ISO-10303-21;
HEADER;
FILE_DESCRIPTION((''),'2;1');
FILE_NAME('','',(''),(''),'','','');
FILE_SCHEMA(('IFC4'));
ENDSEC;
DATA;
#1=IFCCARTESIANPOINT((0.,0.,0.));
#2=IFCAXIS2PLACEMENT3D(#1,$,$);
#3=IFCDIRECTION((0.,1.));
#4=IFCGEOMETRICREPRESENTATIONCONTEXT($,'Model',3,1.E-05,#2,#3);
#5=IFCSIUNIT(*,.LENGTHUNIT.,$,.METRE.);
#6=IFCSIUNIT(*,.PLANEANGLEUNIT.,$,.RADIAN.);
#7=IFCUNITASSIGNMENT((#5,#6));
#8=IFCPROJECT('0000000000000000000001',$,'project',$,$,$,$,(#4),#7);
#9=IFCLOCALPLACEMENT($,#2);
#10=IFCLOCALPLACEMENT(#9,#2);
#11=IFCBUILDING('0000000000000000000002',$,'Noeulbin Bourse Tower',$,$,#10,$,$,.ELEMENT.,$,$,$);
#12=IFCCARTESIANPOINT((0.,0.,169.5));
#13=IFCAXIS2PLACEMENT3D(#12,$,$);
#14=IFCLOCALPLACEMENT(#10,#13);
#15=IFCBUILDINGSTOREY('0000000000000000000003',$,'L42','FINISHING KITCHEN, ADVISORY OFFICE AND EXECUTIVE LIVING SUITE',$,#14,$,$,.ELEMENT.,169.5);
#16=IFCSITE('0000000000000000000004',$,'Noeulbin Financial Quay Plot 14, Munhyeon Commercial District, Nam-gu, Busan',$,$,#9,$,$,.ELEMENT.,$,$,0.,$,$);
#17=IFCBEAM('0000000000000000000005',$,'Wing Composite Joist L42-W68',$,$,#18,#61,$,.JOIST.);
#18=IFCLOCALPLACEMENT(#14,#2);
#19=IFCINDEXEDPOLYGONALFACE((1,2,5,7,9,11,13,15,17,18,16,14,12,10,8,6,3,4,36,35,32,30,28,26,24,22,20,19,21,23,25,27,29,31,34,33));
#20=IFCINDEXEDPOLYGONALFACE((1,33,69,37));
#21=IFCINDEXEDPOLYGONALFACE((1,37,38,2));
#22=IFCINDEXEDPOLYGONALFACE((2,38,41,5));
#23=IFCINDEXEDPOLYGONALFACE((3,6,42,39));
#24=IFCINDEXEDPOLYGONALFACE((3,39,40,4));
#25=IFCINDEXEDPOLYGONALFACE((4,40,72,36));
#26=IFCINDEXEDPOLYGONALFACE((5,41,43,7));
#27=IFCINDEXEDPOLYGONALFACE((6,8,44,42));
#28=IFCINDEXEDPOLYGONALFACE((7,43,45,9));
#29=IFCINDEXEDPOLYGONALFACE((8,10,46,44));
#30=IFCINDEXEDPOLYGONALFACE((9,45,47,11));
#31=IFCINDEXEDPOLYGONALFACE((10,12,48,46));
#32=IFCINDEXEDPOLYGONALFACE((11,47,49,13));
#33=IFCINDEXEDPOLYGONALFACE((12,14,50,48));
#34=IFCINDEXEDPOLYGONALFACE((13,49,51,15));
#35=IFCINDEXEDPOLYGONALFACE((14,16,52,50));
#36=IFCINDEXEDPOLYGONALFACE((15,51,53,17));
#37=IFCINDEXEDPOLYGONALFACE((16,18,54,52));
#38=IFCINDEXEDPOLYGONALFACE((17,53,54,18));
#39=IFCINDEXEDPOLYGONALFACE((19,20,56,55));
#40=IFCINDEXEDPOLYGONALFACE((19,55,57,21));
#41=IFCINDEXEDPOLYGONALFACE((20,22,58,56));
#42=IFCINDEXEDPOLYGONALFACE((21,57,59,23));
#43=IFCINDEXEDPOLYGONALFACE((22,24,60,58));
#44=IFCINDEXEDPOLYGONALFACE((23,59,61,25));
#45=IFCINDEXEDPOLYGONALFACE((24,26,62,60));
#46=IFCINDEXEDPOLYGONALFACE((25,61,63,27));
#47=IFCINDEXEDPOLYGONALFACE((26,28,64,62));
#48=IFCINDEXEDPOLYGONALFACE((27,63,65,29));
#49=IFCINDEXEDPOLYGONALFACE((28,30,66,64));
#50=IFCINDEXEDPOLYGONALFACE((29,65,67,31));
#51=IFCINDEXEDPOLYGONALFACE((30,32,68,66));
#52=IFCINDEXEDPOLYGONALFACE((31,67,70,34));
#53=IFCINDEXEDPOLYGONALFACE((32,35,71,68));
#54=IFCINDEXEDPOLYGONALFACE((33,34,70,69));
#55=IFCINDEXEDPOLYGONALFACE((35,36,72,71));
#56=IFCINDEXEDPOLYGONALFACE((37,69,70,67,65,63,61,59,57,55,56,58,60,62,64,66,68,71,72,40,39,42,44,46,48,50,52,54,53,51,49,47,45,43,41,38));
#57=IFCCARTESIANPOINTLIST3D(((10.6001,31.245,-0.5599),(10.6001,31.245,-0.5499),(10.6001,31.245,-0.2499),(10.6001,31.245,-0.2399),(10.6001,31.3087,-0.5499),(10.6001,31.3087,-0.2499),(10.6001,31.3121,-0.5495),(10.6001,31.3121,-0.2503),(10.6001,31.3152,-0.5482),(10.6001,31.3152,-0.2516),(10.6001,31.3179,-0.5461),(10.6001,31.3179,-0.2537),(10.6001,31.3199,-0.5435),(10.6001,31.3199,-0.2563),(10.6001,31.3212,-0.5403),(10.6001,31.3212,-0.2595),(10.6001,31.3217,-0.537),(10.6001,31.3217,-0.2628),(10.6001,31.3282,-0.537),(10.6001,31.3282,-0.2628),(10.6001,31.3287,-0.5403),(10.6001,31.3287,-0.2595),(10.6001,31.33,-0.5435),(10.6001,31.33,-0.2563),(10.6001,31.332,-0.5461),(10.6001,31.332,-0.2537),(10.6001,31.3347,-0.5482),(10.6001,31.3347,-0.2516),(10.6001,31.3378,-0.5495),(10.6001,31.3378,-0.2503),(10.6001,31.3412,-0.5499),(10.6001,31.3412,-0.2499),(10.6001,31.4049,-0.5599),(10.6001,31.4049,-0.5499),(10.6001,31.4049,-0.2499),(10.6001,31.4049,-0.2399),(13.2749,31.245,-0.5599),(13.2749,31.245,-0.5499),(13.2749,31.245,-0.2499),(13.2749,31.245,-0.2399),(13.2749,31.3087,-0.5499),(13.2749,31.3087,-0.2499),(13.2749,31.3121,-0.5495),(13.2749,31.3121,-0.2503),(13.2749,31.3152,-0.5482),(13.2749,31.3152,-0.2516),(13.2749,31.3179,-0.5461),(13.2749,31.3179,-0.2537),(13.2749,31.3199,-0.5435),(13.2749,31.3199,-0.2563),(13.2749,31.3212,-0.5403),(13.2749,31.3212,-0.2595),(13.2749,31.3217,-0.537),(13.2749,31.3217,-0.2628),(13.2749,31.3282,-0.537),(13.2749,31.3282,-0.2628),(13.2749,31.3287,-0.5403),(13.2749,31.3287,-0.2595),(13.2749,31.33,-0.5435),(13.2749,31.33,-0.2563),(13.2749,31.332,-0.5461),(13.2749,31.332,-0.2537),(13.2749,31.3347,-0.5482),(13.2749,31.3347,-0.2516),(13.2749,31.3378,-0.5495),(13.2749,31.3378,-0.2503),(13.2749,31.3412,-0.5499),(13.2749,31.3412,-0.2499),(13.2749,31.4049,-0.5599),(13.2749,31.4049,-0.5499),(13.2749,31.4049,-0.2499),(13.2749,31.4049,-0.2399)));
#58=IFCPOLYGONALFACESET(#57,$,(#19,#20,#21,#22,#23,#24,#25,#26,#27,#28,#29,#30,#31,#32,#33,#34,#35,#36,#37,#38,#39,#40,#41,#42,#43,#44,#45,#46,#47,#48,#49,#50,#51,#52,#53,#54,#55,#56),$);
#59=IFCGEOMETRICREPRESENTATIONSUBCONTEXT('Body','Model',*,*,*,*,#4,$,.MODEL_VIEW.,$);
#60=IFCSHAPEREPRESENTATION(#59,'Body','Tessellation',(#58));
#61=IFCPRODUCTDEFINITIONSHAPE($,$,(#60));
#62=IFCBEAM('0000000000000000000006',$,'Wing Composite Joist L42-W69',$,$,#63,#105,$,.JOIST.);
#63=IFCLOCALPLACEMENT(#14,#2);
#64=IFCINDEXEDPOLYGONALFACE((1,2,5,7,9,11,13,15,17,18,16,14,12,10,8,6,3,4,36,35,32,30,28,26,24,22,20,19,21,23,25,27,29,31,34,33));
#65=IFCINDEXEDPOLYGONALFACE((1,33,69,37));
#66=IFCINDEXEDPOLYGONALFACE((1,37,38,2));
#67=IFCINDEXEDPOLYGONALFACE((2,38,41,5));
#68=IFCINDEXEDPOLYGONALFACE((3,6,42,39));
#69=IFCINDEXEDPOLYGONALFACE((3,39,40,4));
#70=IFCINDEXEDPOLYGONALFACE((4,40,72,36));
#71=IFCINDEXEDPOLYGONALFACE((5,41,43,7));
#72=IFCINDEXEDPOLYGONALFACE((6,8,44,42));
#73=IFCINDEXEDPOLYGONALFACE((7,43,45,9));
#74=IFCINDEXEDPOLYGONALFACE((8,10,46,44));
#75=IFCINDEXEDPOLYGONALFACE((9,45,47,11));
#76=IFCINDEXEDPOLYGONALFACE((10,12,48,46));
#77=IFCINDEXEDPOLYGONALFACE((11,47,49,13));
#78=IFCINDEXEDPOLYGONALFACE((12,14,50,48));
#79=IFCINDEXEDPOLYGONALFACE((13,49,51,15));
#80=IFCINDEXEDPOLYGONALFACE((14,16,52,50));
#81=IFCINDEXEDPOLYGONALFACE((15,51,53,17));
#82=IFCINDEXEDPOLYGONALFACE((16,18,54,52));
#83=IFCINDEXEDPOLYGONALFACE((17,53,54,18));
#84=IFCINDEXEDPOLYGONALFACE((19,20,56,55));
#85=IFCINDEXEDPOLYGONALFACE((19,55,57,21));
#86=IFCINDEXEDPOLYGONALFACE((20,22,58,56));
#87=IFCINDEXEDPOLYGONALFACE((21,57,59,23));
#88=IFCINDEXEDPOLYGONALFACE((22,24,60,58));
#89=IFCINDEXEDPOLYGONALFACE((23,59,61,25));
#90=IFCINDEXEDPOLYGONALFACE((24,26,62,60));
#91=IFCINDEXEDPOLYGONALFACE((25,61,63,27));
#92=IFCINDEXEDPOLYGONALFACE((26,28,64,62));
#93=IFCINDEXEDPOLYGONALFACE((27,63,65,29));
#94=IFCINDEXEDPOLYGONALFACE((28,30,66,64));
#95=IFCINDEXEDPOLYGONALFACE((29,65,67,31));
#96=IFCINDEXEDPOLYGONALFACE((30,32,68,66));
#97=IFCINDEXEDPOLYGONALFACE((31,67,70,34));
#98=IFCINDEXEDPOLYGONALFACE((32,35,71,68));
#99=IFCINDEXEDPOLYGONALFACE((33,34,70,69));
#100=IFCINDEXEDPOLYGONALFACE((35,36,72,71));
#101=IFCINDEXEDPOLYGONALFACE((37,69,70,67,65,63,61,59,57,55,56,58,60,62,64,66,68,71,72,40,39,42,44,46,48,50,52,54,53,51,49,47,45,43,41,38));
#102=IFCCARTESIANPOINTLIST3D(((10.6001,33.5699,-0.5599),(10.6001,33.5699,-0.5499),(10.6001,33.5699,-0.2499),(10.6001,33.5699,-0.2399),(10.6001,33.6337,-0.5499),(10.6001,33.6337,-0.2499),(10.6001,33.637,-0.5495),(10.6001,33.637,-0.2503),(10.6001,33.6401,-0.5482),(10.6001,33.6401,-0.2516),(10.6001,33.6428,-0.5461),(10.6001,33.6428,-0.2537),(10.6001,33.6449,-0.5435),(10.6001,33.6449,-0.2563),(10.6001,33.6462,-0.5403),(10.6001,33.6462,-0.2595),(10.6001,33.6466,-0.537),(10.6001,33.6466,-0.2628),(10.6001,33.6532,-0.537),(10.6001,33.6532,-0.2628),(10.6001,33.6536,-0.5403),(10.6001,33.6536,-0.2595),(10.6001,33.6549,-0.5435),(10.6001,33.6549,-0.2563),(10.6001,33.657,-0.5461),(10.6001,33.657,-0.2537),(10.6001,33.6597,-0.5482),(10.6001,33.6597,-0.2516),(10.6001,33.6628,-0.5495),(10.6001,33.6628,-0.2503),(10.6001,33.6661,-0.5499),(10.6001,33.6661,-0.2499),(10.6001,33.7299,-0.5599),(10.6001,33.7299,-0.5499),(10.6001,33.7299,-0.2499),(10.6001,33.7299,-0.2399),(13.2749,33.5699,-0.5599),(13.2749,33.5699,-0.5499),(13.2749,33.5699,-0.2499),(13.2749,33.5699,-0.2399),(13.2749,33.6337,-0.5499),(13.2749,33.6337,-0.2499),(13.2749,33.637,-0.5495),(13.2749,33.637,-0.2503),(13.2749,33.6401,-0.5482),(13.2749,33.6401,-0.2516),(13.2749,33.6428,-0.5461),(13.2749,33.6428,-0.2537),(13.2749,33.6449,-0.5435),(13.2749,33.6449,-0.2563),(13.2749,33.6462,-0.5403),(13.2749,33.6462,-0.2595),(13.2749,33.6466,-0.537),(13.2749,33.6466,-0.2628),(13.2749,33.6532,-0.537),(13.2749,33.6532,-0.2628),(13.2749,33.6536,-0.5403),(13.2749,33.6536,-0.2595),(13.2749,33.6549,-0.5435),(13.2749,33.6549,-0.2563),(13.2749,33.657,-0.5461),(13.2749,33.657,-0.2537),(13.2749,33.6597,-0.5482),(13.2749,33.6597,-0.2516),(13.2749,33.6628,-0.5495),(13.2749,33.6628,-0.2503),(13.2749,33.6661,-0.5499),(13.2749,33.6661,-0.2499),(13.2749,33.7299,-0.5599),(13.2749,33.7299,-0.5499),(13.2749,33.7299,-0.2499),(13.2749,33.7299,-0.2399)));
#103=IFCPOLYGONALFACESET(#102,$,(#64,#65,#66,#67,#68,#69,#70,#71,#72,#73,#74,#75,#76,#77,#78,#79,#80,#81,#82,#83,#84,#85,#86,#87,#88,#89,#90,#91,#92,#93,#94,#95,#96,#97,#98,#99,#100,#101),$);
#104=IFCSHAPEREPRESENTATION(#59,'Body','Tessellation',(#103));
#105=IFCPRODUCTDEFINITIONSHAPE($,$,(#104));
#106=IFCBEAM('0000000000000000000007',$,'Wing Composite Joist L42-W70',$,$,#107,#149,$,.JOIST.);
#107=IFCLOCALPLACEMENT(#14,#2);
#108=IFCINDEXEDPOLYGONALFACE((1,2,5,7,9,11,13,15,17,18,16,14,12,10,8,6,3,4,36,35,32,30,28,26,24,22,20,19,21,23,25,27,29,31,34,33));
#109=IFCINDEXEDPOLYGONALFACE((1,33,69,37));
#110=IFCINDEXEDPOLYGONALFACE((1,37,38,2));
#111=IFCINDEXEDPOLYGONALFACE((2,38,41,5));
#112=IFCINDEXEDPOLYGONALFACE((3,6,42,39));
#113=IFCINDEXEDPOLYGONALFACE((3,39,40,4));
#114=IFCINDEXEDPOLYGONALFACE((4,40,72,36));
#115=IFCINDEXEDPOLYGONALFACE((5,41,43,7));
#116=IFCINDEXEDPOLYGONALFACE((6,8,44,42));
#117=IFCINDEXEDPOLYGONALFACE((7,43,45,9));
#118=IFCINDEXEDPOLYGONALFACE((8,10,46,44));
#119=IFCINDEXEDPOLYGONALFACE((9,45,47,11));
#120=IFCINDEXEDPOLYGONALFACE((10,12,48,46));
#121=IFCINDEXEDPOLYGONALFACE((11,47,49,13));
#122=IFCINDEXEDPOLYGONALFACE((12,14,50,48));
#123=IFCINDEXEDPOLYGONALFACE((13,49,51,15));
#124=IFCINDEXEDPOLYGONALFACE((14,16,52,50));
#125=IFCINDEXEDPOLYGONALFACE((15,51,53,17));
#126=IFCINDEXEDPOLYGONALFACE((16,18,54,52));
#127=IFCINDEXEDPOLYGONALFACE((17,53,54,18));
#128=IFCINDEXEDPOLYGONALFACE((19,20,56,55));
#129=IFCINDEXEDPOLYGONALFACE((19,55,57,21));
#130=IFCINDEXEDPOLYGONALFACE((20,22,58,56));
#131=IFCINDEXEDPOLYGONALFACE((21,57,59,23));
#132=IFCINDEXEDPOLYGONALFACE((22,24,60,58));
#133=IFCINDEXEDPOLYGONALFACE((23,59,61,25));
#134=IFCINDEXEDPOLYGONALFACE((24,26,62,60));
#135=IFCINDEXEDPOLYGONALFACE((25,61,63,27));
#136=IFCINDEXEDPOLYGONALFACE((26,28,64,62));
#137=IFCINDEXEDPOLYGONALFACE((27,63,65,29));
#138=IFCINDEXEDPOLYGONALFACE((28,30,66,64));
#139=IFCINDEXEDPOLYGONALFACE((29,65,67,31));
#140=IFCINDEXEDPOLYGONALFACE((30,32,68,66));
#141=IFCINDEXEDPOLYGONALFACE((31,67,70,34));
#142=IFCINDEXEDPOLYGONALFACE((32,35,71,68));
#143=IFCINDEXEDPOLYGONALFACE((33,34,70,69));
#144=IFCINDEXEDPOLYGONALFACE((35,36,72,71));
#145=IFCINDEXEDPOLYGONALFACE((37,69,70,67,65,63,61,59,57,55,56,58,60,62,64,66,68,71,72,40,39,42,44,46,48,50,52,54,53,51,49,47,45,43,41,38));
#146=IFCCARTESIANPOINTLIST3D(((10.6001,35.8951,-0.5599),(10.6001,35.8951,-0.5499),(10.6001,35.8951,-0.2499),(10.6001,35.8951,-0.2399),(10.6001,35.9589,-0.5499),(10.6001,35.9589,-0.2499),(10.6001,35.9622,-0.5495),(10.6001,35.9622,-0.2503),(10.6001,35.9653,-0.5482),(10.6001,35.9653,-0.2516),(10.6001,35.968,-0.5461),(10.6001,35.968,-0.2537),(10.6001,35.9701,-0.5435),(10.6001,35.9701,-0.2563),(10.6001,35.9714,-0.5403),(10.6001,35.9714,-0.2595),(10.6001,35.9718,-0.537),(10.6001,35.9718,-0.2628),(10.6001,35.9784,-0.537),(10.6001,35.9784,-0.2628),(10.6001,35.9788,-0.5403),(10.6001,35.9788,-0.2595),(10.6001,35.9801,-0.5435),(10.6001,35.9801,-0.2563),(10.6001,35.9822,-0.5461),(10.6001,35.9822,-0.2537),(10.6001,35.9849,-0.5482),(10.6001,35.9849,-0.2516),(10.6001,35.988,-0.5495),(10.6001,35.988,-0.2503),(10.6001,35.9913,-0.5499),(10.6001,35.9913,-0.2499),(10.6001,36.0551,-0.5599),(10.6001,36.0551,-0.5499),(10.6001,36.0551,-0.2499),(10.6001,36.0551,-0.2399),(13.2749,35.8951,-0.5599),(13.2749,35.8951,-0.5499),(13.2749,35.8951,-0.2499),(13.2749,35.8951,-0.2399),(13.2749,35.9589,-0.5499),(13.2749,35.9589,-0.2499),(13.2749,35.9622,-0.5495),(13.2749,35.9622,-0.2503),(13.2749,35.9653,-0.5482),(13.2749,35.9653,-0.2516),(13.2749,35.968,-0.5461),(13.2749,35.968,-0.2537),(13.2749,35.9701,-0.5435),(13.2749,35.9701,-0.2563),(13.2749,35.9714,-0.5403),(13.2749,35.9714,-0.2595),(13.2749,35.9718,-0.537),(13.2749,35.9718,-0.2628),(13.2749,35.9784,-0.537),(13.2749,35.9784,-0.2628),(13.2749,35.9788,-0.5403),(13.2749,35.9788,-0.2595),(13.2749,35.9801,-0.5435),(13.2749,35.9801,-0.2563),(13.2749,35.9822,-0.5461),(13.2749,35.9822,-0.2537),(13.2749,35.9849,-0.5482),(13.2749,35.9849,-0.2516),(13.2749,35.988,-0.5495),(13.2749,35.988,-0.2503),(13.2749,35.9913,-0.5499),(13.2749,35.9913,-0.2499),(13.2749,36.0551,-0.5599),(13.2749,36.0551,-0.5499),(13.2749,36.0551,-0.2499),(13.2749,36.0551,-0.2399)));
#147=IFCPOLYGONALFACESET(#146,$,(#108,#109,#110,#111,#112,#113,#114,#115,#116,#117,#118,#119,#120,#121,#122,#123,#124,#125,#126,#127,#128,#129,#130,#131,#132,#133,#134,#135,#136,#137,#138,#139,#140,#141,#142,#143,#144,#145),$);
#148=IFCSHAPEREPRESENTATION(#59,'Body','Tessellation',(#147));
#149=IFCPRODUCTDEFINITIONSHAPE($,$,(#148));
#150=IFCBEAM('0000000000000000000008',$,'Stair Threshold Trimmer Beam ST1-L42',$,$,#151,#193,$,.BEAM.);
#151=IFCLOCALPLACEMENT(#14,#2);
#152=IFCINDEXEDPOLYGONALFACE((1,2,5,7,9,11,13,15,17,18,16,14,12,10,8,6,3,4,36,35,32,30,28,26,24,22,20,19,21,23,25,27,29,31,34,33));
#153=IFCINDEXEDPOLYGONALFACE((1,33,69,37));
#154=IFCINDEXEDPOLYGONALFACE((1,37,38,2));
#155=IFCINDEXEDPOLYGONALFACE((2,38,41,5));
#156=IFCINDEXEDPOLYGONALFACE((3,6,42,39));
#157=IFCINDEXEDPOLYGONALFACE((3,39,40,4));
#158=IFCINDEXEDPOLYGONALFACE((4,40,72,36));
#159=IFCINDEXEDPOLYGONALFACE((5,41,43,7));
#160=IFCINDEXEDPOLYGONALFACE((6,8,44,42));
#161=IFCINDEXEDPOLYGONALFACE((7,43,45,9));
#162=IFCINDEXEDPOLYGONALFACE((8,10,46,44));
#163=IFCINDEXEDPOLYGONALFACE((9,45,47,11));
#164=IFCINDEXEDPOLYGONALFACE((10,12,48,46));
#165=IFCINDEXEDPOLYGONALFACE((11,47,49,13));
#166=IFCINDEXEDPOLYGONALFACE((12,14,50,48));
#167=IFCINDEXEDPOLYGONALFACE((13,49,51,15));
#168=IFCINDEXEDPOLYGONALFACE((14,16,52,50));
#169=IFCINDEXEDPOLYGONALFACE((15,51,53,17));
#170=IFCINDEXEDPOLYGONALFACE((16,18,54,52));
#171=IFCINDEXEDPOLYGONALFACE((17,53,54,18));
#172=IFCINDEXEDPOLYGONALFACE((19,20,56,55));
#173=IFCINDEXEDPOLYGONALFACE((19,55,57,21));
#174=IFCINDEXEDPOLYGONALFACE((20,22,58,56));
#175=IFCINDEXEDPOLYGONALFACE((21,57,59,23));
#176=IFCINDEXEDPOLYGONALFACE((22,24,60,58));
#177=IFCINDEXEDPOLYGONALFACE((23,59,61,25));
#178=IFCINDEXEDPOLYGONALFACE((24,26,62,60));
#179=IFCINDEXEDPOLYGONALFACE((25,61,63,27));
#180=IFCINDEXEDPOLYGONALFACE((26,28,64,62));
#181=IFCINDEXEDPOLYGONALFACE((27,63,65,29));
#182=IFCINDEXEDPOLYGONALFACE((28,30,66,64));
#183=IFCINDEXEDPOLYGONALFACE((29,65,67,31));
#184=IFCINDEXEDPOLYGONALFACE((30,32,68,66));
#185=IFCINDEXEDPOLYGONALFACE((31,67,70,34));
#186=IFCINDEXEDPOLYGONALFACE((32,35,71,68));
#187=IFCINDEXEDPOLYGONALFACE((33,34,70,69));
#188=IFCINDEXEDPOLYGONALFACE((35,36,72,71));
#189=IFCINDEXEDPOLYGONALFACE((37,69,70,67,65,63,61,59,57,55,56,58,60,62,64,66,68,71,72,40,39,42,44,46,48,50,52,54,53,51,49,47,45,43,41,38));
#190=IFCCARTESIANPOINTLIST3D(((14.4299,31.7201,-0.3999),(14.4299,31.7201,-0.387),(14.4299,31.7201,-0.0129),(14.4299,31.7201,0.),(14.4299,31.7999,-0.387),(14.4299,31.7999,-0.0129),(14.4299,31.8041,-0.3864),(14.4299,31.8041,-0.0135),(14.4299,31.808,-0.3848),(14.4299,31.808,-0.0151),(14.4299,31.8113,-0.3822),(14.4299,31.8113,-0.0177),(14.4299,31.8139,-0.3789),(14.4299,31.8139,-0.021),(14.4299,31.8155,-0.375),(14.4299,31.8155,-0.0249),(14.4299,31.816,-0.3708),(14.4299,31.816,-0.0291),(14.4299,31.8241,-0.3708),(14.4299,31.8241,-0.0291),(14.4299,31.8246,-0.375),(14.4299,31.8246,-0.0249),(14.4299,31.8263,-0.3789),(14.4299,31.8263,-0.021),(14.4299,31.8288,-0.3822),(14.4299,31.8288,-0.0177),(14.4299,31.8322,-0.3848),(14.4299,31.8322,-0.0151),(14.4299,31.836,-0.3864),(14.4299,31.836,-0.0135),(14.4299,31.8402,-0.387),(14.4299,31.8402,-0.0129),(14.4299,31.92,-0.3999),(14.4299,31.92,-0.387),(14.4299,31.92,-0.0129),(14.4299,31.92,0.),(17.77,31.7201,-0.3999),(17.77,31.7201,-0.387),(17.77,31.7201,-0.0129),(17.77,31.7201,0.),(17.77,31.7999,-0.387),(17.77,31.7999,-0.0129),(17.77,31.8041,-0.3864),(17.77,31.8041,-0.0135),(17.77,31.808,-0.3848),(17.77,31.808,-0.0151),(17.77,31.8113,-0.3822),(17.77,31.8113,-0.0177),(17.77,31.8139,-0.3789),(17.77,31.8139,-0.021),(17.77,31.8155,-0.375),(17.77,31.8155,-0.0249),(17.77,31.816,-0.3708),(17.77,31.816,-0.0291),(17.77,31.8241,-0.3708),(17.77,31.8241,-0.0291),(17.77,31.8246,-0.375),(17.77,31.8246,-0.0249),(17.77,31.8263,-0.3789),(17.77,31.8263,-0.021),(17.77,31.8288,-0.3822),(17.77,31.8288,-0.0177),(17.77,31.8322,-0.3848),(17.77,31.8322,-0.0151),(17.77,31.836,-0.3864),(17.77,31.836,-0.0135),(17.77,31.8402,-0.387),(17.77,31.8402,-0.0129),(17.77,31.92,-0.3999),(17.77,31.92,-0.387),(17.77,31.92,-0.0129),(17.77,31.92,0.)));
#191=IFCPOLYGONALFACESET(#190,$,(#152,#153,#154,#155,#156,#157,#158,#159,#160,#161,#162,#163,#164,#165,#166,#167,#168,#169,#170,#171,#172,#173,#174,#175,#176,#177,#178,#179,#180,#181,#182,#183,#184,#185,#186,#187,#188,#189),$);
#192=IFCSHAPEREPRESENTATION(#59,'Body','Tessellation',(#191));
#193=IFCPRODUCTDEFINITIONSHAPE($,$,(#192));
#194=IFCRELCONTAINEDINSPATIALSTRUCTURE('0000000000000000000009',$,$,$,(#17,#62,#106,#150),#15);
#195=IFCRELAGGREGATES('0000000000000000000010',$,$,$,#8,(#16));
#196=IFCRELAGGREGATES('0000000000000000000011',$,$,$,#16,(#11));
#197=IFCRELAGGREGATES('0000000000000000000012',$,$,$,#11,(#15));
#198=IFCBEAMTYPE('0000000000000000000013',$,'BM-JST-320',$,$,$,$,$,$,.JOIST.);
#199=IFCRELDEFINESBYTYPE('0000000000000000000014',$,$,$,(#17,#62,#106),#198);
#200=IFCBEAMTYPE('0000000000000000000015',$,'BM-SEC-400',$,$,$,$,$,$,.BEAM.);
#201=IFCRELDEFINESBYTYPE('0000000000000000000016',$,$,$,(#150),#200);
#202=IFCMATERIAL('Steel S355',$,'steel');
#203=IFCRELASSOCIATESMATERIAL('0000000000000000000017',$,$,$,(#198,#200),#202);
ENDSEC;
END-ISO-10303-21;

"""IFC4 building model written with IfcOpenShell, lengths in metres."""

from ifc_helpers import new_model, si_unit, direction, frame, origin, origin_2d, place, context, subcontext, project, spatial, i_section, extrude, material, material_profile, profile_set, type_object, element, save


model = new_model("IFC4")

# Units and contexts
model_context = context("Model", 3, precision=1e-05, world=origin(), true_north=direction((0.0, 1.0)))
body_context = subcontext(model_context, "Body", "Model", "MODEL_VIEW")
ifc_project = project(units=[si_unit("LENGTHUNIT", "METRE"), si_unit("PLANEANGLEUNIT", "RADIAN")], contexts=[model_context])

# Site, building, storey
site_placement = place(None, origin())
site = spatial("IfcSite", under=ifc_project, at=site_placement, Name="Noeulbin Financial Quay Plot 14, Munhyeon Commercial District, Nam-gu, Busan", CompositionType="ELEMENT", RefElevation=0.0)
building_placement = place(site_placement, origin())
building = spatial("IfcBuilding", under=site, at=building_placement, Name="Noeulbin Bourse Tower", CompositionType="ELEMENT")
storey_placement = place(building_placement, frame((0.0, 0.0, 169.5)))
storey = spatial("IfcBuildingStorey", under=building, at=storey_placement, Name="L42", Description="FINISHING KITCHEN, ADVISORY OFFICE AND EXECUTIVE LIVING SUITE", CompositionType="ELEMENT", Elevation=169.5)

# Beams
ifc_material_1 = material(Name="Steel S355", Category="steel")
ifc_material_profile_1 = material_profile(ifc_material_1, i_section(OverallWidth=0.1599, OverallDepth=0.3201, WebThickness=0.0066, FlangeThickness=0.01, FilletRadius=0.0129, at=origin_2d()), Name="H-320x160x6.5x10", Category="LoadBearing")
ifc_profile_set_1 = profile_set([ifc_material_profile_1], Name="Steel S355")
beam_type_1 = type_object("IfcBeamType", Name="BM-JST-320", PredefinedType="JOIST", material=ifc_profile_set_1)
for number, where, z_axis, x_axis, name in (
    (1, (10.6001, 31.325, -0.3999), (1.0, 0.0, 0.0), (0.0, 1.0, 0.0), "Wing Composite Joist L42-W68"),
    (2, (10.6001, 33.6499, -0.3999), (1.0, 0.0, 0.0), (0.0, 1.0, 0.0), "Wing Composite Joist L42-W69"),
    (3, (10.6001, 35.9751, -0.3999), (1.0, 0.0, 0.0), (0.0, 1.0, 0.0), "Wing Composite Joist L42-W70"),
):
    element("IfcBeam", number, at=place(storey_placement, frame(where, z_axis=z_axis, x_axis=x_axis)), inside=storey, type_object=beam_type_1, Name=name, PredefinedType="JOIST", context=body_context, shape_type="SweptSolid", body=[
        extrude(i_section(OverallWidth=0.1599, OverallDepth=0.3201, WebThickness=0.0066, FlangeThickness=0.01, FilletRadius=0.0129, at=origin_2d()), origin(), (0.0, 0.0, 1.0), 2.6748),
    ])
ifc_material_profile_2 = material_profile(ifc_material_1, i_section(OverallWidth=0.2, OverallDepth=0.3999, WebThickness=0.0081, FlangeThickness=0.0129, FilletRadius=0.0161, at=origin_2d()), Name="H-400x200x8x13", Category="LoadBearing")
ifc_profile_set_2 = profile_set([ifc_material_profile_2], Name="Steel S355")
beam_type_2 = type_object("IfcBeamType", Name="BM-SEC-400", PredefinedType="BEAM", material=ifc_profile_set_2)
beam_placement = place(storey_placement, frame((14.4299, 31.8201, -0.2), z_axis=(1.0, 0.0, 0.0), x_axis=(0.0, 1.0, 0.0)))
element("IfcBeam", 4, at=beam_placement, inside=storey, type_object=beam_type_2, Name="Stair Threshold Trimmer Beam ST1-L42", PredefinedType="BEAM", context=body_context, shape_type="SweptSolid", body=[
    extrude(i_section(OverallWidth=0.2, OverallDepth=0.3999, WebThickness=0.0081, FlangeThickness=0.0129, FilletRadius=0.0161, at=origin_2d()), origin(), (0.0, 0.0, 1.0), 3.3401),
])

save(model, "model.ifc")
